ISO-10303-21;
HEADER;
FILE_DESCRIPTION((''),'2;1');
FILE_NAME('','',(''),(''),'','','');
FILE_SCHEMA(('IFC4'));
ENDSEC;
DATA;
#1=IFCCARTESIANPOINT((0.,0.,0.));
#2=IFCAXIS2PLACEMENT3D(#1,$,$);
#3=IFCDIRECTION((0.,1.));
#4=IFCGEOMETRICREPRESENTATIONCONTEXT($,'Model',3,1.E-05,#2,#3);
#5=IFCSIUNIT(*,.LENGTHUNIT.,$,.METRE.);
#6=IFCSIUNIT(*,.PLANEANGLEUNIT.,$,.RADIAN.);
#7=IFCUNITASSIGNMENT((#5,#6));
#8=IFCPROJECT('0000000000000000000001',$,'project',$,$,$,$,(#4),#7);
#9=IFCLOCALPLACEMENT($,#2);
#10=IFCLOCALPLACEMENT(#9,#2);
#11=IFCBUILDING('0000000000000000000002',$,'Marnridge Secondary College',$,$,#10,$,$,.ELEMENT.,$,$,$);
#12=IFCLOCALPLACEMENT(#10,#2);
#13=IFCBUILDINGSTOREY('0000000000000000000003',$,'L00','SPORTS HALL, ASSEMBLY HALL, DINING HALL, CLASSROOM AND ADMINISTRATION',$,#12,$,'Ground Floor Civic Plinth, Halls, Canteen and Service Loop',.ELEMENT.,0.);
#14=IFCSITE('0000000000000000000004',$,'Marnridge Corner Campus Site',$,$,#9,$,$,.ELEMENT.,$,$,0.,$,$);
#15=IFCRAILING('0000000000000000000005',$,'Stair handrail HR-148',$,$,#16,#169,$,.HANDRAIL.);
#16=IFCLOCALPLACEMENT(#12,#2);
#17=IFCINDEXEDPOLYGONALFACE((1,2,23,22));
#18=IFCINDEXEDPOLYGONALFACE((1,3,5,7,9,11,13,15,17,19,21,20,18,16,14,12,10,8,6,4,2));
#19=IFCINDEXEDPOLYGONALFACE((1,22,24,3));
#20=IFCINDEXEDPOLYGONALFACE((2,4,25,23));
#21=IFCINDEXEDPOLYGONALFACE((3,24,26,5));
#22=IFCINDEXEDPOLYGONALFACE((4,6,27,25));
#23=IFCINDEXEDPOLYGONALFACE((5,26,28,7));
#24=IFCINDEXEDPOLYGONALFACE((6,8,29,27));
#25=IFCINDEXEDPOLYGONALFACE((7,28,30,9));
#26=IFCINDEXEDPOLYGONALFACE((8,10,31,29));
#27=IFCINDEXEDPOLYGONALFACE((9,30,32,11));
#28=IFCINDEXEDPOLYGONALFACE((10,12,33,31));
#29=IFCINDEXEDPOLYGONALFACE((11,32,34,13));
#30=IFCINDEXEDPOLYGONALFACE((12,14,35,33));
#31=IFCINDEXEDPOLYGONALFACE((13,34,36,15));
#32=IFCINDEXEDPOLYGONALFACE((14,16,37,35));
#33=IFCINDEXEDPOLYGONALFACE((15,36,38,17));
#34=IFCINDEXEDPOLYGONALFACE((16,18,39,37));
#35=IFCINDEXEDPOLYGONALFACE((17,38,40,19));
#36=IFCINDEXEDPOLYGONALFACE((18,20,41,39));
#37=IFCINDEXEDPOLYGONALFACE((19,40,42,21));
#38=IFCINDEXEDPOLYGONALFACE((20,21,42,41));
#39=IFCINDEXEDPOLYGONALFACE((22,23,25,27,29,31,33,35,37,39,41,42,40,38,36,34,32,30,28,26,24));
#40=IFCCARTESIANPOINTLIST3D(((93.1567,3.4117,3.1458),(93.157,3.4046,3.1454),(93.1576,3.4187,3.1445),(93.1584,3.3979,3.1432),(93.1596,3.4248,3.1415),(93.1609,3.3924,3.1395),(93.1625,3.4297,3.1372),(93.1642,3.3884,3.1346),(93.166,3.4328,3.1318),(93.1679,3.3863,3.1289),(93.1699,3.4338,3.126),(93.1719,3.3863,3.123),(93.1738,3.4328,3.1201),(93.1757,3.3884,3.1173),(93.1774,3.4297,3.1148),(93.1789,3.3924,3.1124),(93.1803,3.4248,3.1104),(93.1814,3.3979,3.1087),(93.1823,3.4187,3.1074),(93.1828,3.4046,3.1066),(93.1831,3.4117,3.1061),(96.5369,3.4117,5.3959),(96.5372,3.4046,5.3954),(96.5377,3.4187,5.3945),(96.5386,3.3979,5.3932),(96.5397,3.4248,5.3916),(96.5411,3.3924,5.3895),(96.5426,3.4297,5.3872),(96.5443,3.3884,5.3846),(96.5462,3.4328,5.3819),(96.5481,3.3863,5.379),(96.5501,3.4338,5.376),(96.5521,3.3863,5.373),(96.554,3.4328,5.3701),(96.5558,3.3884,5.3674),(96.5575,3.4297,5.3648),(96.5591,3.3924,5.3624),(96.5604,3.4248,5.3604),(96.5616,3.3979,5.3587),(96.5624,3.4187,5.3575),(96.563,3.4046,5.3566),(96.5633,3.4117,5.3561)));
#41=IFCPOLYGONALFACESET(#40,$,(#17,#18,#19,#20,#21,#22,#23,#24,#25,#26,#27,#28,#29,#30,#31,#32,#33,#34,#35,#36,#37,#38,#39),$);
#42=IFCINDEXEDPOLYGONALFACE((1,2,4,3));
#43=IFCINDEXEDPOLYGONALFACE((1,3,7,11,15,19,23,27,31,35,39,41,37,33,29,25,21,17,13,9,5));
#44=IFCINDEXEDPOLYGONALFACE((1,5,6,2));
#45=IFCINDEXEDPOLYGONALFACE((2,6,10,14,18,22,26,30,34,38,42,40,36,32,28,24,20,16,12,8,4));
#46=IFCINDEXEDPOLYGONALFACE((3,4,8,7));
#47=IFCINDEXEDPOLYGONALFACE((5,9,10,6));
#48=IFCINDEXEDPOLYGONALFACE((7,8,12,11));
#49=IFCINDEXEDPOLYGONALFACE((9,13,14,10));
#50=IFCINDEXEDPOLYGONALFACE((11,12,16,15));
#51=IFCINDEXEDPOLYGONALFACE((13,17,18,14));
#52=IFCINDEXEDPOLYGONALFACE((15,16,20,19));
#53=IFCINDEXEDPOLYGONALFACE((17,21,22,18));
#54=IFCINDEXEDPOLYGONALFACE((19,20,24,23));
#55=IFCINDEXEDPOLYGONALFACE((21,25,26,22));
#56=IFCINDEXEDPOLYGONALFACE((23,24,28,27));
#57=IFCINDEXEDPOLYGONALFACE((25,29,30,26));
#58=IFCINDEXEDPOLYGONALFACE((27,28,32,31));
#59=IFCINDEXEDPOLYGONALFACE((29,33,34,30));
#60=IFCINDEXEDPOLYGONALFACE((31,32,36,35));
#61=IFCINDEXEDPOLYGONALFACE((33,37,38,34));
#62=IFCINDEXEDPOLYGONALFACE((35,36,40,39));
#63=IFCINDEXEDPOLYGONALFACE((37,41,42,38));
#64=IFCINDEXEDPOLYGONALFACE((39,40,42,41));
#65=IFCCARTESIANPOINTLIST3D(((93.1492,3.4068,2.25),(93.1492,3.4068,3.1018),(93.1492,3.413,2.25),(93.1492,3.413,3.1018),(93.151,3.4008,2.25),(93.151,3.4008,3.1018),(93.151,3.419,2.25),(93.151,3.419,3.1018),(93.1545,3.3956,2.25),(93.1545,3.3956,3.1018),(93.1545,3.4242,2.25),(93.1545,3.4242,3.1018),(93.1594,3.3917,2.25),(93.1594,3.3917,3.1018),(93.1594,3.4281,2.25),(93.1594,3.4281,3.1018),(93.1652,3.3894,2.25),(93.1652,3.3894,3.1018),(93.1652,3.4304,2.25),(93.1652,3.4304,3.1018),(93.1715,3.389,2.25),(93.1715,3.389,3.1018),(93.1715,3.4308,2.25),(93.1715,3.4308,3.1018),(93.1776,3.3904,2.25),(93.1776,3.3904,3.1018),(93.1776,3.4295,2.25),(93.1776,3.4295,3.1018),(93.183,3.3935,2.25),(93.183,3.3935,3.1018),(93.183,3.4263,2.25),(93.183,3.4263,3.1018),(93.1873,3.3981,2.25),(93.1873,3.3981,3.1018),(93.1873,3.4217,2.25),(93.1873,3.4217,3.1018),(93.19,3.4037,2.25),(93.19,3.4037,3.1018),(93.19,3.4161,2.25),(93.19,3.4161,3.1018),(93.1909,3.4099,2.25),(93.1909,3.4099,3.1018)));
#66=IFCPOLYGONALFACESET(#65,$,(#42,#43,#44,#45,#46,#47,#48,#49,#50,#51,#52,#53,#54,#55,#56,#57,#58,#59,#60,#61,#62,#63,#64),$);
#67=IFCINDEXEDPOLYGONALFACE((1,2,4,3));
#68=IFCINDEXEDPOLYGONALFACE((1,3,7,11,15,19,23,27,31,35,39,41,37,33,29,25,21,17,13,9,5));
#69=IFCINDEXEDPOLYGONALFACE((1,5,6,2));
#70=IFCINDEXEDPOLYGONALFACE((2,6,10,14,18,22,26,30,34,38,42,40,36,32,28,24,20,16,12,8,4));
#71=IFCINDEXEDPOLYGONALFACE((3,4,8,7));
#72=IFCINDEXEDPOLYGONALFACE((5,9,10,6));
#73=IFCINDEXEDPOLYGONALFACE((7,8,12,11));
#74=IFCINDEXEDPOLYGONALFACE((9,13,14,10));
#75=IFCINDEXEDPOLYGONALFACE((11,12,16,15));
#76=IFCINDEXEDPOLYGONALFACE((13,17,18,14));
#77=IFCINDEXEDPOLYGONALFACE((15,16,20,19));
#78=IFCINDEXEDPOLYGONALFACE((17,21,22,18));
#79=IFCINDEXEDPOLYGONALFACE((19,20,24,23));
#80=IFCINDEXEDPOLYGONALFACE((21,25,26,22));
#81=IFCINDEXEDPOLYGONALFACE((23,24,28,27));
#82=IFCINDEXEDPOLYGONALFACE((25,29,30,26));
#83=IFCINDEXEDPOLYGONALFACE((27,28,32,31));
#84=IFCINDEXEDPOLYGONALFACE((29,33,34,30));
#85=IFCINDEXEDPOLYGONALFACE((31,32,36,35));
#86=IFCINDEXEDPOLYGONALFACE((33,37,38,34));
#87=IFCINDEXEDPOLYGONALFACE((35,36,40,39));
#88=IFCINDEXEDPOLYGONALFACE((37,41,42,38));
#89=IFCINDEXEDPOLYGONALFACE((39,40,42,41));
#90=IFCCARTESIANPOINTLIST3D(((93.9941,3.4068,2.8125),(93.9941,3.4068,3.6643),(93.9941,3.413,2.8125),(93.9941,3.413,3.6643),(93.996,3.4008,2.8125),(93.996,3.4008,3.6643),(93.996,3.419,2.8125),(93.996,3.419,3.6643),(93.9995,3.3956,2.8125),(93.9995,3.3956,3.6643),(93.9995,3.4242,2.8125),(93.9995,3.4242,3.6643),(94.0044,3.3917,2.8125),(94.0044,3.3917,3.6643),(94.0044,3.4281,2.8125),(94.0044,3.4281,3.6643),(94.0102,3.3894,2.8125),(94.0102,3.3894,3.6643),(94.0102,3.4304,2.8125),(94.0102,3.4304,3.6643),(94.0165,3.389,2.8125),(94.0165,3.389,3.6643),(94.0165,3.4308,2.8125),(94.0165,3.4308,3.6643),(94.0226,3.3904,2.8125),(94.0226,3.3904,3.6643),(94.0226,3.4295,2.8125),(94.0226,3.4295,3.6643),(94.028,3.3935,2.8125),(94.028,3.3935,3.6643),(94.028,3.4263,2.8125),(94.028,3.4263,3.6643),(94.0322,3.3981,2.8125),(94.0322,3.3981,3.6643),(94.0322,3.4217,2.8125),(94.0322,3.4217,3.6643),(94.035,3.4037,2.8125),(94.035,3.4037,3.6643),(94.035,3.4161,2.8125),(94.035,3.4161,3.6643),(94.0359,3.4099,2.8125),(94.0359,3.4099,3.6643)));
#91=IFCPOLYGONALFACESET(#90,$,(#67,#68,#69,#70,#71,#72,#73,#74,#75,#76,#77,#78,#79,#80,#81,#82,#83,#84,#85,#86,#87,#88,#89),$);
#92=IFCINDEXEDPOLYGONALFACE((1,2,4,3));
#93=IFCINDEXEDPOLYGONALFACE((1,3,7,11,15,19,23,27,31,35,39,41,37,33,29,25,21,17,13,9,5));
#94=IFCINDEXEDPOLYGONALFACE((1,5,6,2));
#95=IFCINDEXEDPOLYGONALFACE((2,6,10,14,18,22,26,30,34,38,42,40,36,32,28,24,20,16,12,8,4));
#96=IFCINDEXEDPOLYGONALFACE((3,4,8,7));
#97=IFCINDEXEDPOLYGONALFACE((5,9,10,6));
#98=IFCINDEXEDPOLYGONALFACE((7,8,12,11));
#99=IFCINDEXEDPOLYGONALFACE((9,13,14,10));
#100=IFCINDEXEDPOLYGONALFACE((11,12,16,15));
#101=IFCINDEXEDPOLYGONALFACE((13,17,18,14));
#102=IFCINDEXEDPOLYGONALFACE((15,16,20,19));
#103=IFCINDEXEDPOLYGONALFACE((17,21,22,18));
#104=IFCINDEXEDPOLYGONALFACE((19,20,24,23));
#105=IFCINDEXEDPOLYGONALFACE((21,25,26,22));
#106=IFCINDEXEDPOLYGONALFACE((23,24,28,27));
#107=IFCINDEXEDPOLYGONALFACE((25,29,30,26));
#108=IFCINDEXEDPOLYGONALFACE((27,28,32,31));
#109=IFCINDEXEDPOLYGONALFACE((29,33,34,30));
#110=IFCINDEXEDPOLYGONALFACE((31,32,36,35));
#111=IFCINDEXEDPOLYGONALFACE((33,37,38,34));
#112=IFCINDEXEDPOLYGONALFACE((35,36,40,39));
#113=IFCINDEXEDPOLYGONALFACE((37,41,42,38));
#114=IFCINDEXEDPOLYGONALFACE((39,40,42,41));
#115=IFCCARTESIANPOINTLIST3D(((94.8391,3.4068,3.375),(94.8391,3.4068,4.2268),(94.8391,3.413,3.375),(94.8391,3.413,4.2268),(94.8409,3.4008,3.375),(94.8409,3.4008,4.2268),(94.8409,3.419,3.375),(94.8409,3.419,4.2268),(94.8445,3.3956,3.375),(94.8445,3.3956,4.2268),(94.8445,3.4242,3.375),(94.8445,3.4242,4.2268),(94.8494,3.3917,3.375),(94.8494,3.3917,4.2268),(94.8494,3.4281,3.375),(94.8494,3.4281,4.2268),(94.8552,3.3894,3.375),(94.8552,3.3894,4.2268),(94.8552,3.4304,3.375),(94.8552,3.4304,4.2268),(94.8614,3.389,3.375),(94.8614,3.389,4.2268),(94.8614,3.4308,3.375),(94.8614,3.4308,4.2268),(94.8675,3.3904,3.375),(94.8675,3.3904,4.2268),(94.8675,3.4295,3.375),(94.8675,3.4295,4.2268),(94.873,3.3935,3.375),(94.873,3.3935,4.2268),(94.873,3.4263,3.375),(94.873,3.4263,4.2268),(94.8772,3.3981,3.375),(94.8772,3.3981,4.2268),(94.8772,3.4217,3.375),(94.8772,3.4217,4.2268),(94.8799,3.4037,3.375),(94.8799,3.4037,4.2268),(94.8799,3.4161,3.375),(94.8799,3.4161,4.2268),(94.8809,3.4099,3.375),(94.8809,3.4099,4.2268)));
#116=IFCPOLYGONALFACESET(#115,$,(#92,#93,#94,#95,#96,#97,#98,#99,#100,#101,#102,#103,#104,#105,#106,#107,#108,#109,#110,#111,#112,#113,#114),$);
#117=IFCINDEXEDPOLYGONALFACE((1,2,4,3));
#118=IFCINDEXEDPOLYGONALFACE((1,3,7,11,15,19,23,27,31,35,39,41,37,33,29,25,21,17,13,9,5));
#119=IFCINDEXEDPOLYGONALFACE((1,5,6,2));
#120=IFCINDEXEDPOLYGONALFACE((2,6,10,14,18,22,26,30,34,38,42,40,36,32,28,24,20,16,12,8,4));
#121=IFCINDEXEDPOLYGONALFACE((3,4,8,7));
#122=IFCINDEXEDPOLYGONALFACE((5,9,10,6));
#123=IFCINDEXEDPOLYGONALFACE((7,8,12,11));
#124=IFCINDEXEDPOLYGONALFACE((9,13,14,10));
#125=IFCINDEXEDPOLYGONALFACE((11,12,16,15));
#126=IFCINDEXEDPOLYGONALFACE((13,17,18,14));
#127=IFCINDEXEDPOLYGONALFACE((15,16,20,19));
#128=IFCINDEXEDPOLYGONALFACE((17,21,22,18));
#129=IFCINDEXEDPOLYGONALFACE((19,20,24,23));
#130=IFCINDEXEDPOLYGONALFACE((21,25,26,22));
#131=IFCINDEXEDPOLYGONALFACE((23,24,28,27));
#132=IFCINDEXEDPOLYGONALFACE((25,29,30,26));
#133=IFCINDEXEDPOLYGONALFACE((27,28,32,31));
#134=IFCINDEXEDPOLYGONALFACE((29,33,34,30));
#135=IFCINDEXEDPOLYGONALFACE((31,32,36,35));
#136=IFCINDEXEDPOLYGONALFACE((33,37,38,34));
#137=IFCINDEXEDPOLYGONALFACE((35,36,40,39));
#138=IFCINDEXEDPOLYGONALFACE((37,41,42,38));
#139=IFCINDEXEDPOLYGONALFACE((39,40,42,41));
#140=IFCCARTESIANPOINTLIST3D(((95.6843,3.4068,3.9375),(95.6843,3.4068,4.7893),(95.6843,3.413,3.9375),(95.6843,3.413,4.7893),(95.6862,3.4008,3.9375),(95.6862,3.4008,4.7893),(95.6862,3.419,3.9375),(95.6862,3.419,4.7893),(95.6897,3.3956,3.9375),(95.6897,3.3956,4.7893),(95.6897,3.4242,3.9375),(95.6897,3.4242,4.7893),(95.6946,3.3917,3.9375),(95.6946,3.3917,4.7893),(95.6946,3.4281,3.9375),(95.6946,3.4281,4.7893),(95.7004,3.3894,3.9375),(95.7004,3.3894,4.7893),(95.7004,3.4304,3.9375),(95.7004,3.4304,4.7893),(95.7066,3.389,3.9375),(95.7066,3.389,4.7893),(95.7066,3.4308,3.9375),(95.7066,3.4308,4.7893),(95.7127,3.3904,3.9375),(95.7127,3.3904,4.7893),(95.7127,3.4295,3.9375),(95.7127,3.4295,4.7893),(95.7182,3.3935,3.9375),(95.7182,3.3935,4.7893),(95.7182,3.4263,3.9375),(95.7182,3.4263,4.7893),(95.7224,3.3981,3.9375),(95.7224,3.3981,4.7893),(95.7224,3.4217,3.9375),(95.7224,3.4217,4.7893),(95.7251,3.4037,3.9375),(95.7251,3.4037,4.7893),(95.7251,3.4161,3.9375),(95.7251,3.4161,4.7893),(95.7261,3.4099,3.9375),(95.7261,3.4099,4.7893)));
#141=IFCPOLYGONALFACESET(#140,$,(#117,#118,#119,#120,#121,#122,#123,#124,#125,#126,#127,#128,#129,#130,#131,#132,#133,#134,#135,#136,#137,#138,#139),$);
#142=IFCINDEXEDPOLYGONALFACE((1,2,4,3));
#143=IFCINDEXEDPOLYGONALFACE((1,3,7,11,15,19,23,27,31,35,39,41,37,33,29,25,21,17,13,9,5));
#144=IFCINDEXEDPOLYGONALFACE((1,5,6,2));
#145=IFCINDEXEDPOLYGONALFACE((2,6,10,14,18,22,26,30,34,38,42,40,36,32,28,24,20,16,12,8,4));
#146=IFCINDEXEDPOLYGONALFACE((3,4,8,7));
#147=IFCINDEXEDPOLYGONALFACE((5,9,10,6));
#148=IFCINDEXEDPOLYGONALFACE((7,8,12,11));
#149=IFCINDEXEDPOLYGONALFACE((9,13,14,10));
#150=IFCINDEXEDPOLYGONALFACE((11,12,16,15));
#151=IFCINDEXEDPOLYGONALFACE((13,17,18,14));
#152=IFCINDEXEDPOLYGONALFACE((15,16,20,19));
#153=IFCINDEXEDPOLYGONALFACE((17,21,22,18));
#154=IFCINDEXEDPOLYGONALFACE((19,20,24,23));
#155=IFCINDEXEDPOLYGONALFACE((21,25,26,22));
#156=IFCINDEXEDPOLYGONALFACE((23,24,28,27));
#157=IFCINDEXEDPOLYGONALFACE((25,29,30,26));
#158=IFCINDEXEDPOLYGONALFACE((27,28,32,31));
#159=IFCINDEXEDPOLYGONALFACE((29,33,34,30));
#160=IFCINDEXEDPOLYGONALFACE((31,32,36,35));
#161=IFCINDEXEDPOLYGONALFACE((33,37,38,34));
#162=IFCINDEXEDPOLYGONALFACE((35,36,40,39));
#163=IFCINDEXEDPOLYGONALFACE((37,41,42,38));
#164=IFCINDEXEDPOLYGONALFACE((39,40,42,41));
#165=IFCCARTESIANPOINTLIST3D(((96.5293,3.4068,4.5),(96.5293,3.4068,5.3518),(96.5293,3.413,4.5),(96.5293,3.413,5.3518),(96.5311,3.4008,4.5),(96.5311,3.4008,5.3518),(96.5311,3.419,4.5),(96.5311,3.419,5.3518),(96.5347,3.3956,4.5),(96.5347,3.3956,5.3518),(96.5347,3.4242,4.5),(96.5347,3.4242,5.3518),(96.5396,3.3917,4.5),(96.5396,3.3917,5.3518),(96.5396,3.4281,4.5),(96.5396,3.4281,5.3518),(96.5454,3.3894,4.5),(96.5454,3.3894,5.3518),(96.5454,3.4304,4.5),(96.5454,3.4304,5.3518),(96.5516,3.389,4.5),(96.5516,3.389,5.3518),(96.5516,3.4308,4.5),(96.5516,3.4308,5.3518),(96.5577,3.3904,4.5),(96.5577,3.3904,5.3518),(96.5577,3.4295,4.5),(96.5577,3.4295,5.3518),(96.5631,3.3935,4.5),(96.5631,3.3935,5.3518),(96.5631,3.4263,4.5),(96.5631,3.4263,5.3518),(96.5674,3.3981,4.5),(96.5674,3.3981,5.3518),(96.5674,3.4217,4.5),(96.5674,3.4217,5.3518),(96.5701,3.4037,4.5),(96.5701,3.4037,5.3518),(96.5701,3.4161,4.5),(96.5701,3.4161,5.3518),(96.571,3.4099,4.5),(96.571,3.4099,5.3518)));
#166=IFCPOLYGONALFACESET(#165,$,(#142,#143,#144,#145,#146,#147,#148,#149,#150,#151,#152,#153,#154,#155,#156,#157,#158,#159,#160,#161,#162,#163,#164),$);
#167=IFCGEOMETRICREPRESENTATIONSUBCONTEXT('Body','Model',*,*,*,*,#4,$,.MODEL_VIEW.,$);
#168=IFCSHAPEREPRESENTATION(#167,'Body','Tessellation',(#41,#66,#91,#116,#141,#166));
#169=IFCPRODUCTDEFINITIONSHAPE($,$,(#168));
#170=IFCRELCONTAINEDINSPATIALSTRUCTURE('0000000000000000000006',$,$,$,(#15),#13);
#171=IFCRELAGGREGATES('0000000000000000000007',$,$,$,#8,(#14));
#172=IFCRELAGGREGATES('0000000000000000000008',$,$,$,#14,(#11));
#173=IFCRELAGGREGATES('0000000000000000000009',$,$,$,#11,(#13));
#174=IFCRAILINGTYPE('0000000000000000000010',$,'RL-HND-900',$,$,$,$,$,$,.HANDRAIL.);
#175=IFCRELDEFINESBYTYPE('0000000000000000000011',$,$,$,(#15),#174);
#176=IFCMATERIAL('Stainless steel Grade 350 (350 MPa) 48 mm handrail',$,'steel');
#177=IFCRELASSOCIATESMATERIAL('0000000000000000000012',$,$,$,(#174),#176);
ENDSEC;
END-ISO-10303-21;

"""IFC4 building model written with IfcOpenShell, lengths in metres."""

from ifc_helpers import new_model, si_unit, direction, frame, origin, origin_2d, place, context, subcontext, project, spatial, circle, extrude, material, type_object, element, save


model = new_model("IFC4")

# Units and contexts
model_context = context("Model", 3, precision=1e-05, world=origin(), true_north=direction((0.0, 1.0)))
body_context = subcontext(model_context, "Body", "Model", "MODEL_VIEW")
ifc_project = project(units=[si_unit("LENGTHUNIT", "METRE"), si_unit("PLANEANGLEUNIT", "RADIAN")], contexts=[model_context])

# Site, building, storey
site_placement = place(None, origin())
site = spatial("IfcSite", under=ifc_project, at=site_placement, Name="Marnridge Corner Campus Site", CompositionType="ELEMENT", RefElevation=0.0)
building_placement = place(site_placement, origin())
building = spatial("IfcBuilding", under=site, at=building_placement, Name="Marnridge Secondary College", CompositionType="ELEMENT")
storey_placement = place(building_placement, origin())
storey = spatial("IfcBuildingStorey", under=building, at=storey_placement, Name="L00", Description="SPORTS HALL, ASSEMBLY HALL, DINING HALL, CLASSROOM AND ADMINISTRATION", LongName="Ground Floor Civic Plinth, Halls, Canteen and Service Loop", CompositionType="ELEMENT", Elevation=0.0)

# Railing
ifc_material_1 = material(Name="Stainless steel Grade 350 (350 MPa) 48 mm handrail", Category="steel")
railing_type_1 = type_object("IfcRailingType", Name="RL-HND-900", PredefinedType="HANDRAIL", material=ifc_material_1)
railing_1_placement = place(storey_placement, frame((93.1699, 3.4099, 2.25)))
element("IfcRailing", 1, at=railing_1_placement, inside=storey, type_object=railing_type_1, Name="Stair handrail HR-148", PredefinedType="HANDRAIL", context=body_context, shape_type="SweptSolid", body=[
    extrude(circle(Radius=0.0239, at=origin_2d()), frame((0.0, 0.0, 0.876), z_axis=(0.832439, 0.0, 0.554117), x_axis=(0.0, 1.0, 0.0)), (0.0, 0.0, 1.0), 4.0605),
    extrude(circle(Radius=0.021, at=origin_2d()), origin(), (0.0, 0.0, 1.0), 0.8518),
    extrude(circle(Radius=0.021, at=origin_2d()), frame((0.845, 0.0, 0.5625)), (0.0, 0.0, 1.0), 0.8518),
    extrude(circle(Radius=0.021, at=origin_2d()), frame((1.6899, 0.0, 1.125)), (0.0, 0.0, 1.0), 0.8518),
    extrude(circle(Radius=0.021, at=origin_2d()), frame((2.5352, 0.0, 1.6875)), (0.0, 0.0, 1.0), 0.8518),
    extrude(circle(Radius=0.021, at=origin_2d()), frame((3.3801, 0.0, 2.25)), (0.0, 0.0, 1.0), 0.8518),
])

save(model, "model.ifc")
